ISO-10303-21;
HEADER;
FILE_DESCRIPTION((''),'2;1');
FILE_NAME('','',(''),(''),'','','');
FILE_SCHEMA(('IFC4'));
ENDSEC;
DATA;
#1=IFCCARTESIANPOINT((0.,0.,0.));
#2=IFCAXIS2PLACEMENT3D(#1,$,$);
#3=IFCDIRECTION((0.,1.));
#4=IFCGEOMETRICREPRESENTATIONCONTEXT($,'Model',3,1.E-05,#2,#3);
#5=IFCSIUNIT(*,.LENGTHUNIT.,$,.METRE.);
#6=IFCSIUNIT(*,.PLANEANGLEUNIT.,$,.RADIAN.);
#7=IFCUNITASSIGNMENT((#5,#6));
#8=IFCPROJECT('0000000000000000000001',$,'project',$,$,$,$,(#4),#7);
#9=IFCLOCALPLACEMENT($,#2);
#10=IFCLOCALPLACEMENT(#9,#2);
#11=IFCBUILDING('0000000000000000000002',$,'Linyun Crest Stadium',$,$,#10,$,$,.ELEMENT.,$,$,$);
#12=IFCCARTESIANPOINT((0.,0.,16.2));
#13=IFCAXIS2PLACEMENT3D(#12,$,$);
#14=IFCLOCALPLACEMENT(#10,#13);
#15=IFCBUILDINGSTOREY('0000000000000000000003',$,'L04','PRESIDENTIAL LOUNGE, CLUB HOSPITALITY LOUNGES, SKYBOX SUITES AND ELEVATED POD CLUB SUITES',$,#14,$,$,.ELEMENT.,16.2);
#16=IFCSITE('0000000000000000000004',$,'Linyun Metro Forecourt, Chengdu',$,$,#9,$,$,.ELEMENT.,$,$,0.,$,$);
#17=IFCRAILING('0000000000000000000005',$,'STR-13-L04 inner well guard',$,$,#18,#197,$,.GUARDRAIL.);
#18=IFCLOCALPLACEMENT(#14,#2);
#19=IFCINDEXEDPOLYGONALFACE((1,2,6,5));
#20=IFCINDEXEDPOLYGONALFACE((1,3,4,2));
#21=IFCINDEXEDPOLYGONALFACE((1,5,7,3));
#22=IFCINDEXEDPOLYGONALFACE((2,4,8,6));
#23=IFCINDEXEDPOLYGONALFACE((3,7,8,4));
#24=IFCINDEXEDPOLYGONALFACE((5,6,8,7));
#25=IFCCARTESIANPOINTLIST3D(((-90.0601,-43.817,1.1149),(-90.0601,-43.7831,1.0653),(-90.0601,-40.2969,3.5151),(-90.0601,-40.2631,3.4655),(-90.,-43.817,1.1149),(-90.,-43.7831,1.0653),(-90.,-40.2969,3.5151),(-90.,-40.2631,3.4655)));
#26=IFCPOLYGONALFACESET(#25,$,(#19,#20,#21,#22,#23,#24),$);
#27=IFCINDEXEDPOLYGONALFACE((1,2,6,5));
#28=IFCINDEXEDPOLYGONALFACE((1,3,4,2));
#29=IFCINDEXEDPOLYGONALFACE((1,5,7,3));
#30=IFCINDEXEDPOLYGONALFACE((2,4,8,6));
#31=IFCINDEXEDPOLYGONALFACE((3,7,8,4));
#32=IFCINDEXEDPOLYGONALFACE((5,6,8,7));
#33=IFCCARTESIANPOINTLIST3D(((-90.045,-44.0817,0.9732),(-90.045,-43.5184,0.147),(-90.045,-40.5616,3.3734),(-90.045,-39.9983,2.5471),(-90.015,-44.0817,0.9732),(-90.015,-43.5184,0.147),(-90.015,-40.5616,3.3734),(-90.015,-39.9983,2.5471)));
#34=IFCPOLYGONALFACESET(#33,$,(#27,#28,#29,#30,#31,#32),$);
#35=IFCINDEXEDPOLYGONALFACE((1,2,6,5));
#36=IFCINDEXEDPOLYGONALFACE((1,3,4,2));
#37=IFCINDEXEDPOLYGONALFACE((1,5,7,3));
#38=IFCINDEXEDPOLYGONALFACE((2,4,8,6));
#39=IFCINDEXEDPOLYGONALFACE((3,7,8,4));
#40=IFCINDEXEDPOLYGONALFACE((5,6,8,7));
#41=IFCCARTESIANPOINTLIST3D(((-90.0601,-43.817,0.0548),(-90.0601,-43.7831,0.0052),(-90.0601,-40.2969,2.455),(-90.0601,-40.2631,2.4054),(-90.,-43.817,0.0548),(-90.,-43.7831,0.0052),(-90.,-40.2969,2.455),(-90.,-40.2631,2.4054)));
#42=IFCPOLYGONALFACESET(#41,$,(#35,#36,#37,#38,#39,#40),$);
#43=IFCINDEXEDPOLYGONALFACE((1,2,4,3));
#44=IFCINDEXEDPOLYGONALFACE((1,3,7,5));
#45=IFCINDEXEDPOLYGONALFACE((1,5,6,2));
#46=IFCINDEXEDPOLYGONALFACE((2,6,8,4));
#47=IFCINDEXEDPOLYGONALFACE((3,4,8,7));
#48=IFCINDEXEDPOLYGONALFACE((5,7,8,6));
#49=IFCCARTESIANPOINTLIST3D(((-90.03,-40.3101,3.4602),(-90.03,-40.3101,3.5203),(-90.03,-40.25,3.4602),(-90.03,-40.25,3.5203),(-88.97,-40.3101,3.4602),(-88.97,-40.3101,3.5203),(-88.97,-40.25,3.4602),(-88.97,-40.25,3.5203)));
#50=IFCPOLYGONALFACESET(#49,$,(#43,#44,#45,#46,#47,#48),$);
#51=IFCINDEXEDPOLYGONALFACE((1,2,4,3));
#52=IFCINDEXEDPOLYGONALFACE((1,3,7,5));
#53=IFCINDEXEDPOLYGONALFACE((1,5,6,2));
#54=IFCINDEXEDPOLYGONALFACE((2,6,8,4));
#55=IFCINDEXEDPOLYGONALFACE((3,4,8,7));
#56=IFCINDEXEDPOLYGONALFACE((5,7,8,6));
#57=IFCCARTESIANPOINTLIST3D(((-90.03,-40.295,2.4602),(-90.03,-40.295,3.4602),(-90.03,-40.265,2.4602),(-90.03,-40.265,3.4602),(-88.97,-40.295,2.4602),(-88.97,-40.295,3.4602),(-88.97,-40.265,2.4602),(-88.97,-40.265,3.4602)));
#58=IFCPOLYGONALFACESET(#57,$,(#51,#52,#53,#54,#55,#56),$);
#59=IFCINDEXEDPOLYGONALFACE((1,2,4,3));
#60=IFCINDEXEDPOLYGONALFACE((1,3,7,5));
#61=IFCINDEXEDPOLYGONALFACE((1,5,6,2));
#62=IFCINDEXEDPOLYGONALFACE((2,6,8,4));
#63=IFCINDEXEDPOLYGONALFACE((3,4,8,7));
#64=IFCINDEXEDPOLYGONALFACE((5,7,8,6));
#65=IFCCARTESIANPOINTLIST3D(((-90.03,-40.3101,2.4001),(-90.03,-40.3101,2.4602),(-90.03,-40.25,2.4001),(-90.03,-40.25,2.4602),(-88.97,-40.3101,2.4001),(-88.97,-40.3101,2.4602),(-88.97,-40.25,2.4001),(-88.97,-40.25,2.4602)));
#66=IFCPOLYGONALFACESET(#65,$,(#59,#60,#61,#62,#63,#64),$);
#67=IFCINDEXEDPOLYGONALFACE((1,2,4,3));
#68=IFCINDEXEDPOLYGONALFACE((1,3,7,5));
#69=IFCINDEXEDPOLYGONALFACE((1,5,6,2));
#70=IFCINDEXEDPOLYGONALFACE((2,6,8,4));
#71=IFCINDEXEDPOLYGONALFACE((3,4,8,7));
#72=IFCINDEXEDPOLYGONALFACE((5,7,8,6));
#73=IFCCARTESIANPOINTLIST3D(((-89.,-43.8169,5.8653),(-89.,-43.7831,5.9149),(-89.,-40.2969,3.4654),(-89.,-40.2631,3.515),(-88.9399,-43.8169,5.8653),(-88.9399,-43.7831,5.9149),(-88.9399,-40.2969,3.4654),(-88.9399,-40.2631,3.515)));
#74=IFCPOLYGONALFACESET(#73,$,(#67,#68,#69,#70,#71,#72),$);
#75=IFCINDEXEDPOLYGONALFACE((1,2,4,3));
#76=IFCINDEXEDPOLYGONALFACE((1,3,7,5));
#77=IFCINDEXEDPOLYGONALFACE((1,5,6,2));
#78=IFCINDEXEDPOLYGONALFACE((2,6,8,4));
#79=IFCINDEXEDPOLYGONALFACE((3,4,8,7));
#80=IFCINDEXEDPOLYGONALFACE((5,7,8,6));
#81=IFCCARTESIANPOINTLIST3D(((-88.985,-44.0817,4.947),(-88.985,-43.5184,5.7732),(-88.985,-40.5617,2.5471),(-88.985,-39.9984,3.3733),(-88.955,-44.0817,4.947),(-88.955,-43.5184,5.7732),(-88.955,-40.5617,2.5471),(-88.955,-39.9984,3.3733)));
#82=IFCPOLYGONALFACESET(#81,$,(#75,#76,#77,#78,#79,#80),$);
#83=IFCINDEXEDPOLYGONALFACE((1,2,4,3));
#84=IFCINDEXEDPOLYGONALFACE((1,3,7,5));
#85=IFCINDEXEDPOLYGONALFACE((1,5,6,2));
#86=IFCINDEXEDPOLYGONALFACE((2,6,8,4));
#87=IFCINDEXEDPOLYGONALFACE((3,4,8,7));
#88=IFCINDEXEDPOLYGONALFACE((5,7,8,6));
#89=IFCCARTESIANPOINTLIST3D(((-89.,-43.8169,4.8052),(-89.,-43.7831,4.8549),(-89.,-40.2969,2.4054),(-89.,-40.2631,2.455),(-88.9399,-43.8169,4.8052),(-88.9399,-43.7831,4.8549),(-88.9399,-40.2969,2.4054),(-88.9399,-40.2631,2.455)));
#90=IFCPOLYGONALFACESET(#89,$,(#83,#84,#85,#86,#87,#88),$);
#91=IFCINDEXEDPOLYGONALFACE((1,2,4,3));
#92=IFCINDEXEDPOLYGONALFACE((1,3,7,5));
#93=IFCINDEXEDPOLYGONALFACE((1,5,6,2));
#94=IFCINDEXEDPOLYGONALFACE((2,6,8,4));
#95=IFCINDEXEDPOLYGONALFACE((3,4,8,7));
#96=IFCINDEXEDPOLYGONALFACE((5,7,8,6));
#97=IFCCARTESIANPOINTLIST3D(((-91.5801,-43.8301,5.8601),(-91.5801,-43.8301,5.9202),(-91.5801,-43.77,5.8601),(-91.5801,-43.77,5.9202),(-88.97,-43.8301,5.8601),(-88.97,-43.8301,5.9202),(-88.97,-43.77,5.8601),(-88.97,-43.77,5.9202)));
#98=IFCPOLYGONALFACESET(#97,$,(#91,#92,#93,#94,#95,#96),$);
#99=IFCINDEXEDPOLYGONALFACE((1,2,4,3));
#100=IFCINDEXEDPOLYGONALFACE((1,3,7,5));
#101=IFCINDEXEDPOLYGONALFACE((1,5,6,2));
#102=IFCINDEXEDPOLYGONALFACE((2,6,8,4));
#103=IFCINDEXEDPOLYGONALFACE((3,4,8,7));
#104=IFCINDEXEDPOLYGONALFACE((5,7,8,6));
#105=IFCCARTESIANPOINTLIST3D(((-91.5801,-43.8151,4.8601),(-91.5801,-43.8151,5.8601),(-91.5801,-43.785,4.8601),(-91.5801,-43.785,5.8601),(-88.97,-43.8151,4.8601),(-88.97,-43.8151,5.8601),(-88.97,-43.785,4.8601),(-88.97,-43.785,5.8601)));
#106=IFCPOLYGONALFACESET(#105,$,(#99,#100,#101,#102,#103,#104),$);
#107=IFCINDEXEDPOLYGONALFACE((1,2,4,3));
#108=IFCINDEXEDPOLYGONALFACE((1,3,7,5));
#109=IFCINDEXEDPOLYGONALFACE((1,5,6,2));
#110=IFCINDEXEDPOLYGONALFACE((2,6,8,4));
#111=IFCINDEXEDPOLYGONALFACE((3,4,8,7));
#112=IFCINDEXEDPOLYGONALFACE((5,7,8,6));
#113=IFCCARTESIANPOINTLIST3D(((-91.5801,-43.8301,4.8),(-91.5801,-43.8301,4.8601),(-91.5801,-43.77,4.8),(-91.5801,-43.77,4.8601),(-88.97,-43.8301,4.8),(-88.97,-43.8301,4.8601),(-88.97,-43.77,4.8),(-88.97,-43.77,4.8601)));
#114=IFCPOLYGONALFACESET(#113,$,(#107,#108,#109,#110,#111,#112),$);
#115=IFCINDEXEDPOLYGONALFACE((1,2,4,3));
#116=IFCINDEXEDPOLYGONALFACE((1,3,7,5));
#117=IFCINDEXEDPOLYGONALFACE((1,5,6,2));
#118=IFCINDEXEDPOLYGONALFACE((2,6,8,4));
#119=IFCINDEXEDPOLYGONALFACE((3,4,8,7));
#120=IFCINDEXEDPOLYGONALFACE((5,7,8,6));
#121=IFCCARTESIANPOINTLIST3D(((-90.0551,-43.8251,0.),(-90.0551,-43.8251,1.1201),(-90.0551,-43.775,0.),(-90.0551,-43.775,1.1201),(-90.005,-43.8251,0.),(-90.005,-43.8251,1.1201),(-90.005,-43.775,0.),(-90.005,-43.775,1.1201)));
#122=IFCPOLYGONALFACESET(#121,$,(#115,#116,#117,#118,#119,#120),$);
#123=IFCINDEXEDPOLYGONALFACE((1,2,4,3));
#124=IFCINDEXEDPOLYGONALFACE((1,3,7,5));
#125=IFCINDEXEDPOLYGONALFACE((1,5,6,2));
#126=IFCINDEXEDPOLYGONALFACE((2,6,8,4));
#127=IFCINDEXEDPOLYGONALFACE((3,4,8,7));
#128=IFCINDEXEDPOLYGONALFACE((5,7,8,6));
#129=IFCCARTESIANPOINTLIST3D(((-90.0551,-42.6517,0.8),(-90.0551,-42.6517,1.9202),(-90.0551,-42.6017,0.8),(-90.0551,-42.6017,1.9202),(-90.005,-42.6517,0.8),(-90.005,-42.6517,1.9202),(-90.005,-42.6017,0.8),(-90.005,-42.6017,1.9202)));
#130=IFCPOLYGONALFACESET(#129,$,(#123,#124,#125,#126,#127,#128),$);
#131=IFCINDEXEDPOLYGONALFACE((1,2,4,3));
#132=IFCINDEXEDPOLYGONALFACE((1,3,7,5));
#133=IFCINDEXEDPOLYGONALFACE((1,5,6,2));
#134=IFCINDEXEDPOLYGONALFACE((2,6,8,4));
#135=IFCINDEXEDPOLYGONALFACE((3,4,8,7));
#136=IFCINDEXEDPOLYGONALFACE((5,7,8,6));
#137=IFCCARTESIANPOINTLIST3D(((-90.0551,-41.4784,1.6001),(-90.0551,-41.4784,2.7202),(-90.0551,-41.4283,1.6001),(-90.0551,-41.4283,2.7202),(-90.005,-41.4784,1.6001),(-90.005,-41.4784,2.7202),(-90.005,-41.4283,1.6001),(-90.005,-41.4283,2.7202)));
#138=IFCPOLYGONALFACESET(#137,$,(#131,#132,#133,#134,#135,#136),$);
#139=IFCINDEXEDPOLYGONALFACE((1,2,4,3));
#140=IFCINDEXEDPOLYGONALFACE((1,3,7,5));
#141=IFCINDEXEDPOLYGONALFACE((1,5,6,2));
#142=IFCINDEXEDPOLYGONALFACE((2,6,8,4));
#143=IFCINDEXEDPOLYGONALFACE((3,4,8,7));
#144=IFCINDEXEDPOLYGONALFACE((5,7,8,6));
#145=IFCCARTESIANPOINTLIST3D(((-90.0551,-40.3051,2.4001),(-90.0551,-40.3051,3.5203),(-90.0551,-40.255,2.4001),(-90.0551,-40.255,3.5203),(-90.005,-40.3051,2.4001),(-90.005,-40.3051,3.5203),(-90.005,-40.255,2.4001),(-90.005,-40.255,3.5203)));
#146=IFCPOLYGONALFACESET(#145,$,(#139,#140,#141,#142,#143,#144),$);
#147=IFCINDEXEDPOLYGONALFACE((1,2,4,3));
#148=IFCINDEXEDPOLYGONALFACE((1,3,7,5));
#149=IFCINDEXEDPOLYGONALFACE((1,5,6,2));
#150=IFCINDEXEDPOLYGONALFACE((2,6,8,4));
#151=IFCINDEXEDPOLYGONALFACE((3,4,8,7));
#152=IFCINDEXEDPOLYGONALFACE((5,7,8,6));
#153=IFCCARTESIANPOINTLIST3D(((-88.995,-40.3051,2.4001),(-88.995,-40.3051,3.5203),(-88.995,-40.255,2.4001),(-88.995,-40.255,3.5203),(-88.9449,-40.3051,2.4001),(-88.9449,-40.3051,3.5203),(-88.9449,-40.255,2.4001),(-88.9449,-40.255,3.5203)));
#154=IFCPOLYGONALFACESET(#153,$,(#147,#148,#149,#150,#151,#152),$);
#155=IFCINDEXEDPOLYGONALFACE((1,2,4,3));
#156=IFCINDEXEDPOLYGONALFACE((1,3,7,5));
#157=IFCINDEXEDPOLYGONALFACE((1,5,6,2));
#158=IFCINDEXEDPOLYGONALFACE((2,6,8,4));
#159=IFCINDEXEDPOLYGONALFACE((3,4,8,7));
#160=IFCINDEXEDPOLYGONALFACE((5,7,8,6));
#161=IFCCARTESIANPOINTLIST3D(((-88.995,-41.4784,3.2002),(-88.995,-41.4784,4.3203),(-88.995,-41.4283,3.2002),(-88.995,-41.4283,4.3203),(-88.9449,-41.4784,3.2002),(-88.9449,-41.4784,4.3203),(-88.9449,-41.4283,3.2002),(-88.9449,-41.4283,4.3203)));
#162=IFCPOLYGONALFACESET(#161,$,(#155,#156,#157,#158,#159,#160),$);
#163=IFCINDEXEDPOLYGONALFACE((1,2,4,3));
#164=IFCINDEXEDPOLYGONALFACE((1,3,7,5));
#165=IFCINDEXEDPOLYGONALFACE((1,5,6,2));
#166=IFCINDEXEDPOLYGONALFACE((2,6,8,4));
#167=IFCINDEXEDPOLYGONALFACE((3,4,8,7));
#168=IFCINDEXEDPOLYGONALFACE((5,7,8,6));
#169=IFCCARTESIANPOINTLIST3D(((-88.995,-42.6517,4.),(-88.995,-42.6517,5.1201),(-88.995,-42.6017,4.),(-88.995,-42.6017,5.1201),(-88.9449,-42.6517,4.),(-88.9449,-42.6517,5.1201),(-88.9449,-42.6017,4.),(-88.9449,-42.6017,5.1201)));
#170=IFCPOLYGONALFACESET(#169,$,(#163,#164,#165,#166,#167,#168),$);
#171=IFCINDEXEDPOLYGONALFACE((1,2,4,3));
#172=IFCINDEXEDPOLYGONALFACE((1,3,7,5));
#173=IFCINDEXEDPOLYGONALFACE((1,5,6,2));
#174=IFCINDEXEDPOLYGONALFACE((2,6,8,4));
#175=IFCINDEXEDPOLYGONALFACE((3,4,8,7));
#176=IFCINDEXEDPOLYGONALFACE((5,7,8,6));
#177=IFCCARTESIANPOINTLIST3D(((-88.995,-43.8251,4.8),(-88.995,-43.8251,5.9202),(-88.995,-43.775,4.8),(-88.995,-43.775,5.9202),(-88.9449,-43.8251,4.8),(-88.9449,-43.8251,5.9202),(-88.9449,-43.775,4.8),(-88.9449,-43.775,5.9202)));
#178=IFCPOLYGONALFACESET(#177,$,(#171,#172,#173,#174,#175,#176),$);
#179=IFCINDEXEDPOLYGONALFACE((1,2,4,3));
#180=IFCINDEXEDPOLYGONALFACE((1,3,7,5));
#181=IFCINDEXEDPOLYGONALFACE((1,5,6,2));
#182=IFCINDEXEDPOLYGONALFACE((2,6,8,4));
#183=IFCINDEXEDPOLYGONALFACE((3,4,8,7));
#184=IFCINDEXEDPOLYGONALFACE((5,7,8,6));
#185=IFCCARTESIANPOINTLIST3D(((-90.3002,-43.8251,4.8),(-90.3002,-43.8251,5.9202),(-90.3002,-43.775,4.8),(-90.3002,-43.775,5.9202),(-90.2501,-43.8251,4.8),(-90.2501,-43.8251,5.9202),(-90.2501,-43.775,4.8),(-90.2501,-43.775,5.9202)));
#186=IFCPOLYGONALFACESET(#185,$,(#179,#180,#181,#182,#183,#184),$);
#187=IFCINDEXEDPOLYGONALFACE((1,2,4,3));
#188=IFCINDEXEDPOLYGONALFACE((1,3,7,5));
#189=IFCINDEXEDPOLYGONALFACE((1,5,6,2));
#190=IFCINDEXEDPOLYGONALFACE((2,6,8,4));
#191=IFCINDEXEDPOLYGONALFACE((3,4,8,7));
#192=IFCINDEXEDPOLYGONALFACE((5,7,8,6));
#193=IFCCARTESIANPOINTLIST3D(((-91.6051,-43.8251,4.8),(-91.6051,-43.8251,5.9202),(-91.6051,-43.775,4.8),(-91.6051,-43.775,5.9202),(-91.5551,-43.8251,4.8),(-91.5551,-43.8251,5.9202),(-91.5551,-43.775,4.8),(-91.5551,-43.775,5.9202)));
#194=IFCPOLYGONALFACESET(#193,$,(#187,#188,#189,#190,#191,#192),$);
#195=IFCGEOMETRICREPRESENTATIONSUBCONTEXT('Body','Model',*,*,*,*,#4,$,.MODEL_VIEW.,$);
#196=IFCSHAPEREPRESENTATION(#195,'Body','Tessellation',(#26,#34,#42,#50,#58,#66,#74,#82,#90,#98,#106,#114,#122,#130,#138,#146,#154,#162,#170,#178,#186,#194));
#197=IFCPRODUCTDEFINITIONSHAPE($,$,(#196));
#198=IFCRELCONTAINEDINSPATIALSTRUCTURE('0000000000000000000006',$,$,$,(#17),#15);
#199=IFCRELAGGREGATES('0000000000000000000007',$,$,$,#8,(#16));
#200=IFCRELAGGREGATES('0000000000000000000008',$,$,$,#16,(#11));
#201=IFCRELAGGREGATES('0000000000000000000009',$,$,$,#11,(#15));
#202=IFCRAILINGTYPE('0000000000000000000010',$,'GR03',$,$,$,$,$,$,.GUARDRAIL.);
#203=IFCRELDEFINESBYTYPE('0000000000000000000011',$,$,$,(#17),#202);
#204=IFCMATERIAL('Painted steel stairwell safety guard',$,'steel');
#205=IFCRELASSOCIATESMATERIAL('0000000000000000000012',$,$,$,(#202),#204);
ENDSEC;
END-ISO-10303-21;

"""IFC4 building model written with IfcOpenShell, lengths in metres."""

from ifc_helpers import new_model, si_unit, direction, frame, origin, origin_2d, place, context, subcontext, project, spatial, rectangle, extrude, material, type_object, element, save


model = new_model("IFC4")

# Units and contexts
model_context = context("Model", 3, precision=1e-05, world=origin(), true_north=direction((0.0, 1.0)))
body_context = subcontext(model_context, "Body", "Model", "MODEL_VIEW")
ifc_project = project(units=[si_unit("LENGTHUNIT", "METRE"), si_unit("PLANEANGLEUNIT", "RADIAN")], contexts=[model_context])

# Site, building, storey
site_placement = place(None, origin())
site = spatial("IfcSite", under=ifc_project, at=site_placement, Name="Linyun Metro Forecourt, Chengdu", CompositionType="ELEMENT", RefElevation=0.0)
building_placement = place(site_placement, origin())
building = spatial("IfcBuilding", under=site, at=building_placement, Name="Linyun Crest Stadium", CompositionType="ELEMENT")
storey_placement = place(building_placement, frame((0.0, 0.0, 16.2)))
storey = spatial("IfcBuildingStorey", under=building, at=storey_placement, Name="L04", Description="PRESIDENTIAL LOUNGE, CLUB HOSPITALITY LOUNGES, SKYBOX SUITES AND ELEVATED POD CLUB SUITES", CompositionType="ELEMENT", Elevation=16.2)

# Railing
ifc_material_1 = material(Name="Painted steel stairwell safety guard", Category="steel")
railing_type_1 = type_object("IfcRailingType", Name="GR03", PredefinedType="GUARDRAIL", material=ifc_material_1)
railing_1_placement = place(storey_placement, frame((-90.03, -43.8, 0.0)))
element("IfcRailing", 1, at=railing_1_placement, inside=storey, type_object=railing_type_1, Name="STR-13-L04 inner well guard", PredefinedType="GUARDRAIL", context=body_context, shape_type="SweptSolid", body=[
    extrude(rectangle(XDim=0.0601, YDim=0.0601, at=origin_2d()), frame((0.0, 0.0, 1.0901), z_axis=(0.0, 0.826213, 0.563358), x_axis=(-1.0, 0.0, 0.0)), (0.0, 0.0, 1.0), 4.2605),
    extrude(rectangle(XDim=0.03, YDim=1.0, at=origin_2d()), frame((0.0, 0.0, 0.5601), z_axis=(0.0, 0.826213, 0.563358), x_axis=(-1.0, 0.0, 0.0)), (0.0, 0.0, 1.0), 4.2605),
    extrude(rectangle(XDim=0.0601, YDim=0.0601, at=origin_2d()), frame((0.0, 0.0, 0.03), z_axis=(0.0, 0.826213, 0.563358), x_axis=(-1.0, 0.0, 0.0)), (0.0, 0.0, 1.0), 4.2605),
    extrude(rectangle(XDim=0.0601, YDim=0.0601, at=origin_2d()), frame((0.0, 3.52, 3.4902), z_axis=(1.0, 0.0, 0.0), x_axis=(0.0, 1.0, 0.0)), (0.0, 0.0, 1.0), 1.0601),
    extrude(rectangle(XDim=0.03, YDim=1.0, at=origin_2d()), frame((0.0, 3.52, 2.9602), z_axis=(1.0, 0.0, 0.0), x_axis=(0.0, 1.0, 0.0)), (0.0, 0.0, 1.0), 1.0601),
    extrude(rectangle(XDim=0.0601, YDim=0.0601, at=origin_2d()), frame((0.0, 3.52, 2.4302), z_axis=(1.0, 0.0, 0.0), x_axis=(0.0, 1.0, 0.0)), (0.0, 0.0, 1.0), 1.0601),
    extrude(rectangle(XDim=0.0601, YDim=0.0601, at=origin_2d()), frame((1.0601, 3.52, 3.4902), z_axis=(0.0, -0.826239, 0.563319), x_axis=(1.0, 0.0, 0.0)), (0.0, 0.0, 1.0), 4.2603),
    extrude(rectangle(XDim=0.03, YDim=1.0, at=origin_2d()), frame((1.0601, 3.52, 2.9602), z_axis=(0.0, -0.826239, 0.563319), x_axis=(1.0, 0.0, 0.0)), (0.0, 0.0, 1.0), 4.2603),
    extrude(rectangle(XDim=0.0601, YDim=0.0601, at=origin_2d()), frame((1.0601, 3.52, 2.4302), z_axis=(0.0, -0.826239, 0.563319), x_axis=(1.0, 0.0, 0.0)), (0.0, 0.0, 1.0), 4.2603),
    extrude(rectangle(XDim=0.0601, YDim=0.0601, at=origin_2d()), frame((1.0601, 0.0, 5.8901), z_axis=(-1.0, 0.0, 0.0), x_axis=(0.0, -1.0, 0.0)), (0.0, 0.0, 1.0), 2.6101),
    extrude(rectangle(XDim=0.03, YDim=1.0, at=origin_2d()), frame((1.0601, 0.0, 5.3601), z_axis=(-1.0, 0.0, 0.0), x_axis=(0.0, -1.0, 0.0)), (0.0, 0.0, 1.0), 2.6101),
    extrude(rectangle(XDim=0.0601, YDim=0.0601, at=origin_2d()), frame((1.0601, 0.0, 4.8301), z_axis=(-1.0, 0.0, 0.0), x_axis=(0.0, -1.0, 0.0)), (0.0, 0.0, 1.0), 2.6101),
    extrude(rectangle(XDim=0.05, YDim=0.05, at=origin_2d()), origin(), (0.0, 0.0, 1.0), 1.1201),
    extrude(rectangle(XDim=0.05, YDim=0.05, at=origin_2d()), frame((0.0, 1.1733, 0.8)), (0.0, 0.0, 1.0), 1.1201),
    extrude(rectangle(XDim=0.05, YDim=0.05, at=origin_2d()), frame((0.0, 2.3467, 1.6001)), (0.0, 0.0, 1.0), 1.1201),
    extrude(rectangle(XDim=0.05, YDim=0.05, at=origin_2d()), frame((0.0, 3.52, 2.4001)), (0.0, 0.0, 1.0), 1.1201),
    extrude(rectangle(XDim=0.05, YDim=0.05, at=origin_2d()), frame((1.0601, 3.52, 2.4001)), (0.0, 0.0, 1.0), 1.1201),
    extrude(rectangle(XDim=0.05, YDim=0.05, at=origin_2d()), frame((1.0601, 2.3467, 3.2002)), (0.0, 0.0, 1.0), 1.1201),
    extrude(rectangle(XDim=0.05, YDim=0.05, at=origin_2d()), frame((1.0601, 1.1733, 4.0)), (0.0, 0.0, 1.0), 1.1201),
    extrude(rectangle(XDim=0.05, YDim=0.05, at=origin_2d()), frame((1.0601, 0.0, 4.8)), (0.0, 0.0, 1.0), 1.1201),
    extrude(rectangle(XDim=0.05, YDim=0.05, at=origin_2d()), frame((-0.2451, 0.0, 4.8)), (0.0, 0.0, 1.0), 1.1201),
    extrude(rectangle(XDim=0.05, YDim=0.05, at=origin_2d()), frame((-1.55, 0.0, 4.8)), (0.0, 0.0, 1.0), 1.1201),
])

save(model, "model.ifc")
